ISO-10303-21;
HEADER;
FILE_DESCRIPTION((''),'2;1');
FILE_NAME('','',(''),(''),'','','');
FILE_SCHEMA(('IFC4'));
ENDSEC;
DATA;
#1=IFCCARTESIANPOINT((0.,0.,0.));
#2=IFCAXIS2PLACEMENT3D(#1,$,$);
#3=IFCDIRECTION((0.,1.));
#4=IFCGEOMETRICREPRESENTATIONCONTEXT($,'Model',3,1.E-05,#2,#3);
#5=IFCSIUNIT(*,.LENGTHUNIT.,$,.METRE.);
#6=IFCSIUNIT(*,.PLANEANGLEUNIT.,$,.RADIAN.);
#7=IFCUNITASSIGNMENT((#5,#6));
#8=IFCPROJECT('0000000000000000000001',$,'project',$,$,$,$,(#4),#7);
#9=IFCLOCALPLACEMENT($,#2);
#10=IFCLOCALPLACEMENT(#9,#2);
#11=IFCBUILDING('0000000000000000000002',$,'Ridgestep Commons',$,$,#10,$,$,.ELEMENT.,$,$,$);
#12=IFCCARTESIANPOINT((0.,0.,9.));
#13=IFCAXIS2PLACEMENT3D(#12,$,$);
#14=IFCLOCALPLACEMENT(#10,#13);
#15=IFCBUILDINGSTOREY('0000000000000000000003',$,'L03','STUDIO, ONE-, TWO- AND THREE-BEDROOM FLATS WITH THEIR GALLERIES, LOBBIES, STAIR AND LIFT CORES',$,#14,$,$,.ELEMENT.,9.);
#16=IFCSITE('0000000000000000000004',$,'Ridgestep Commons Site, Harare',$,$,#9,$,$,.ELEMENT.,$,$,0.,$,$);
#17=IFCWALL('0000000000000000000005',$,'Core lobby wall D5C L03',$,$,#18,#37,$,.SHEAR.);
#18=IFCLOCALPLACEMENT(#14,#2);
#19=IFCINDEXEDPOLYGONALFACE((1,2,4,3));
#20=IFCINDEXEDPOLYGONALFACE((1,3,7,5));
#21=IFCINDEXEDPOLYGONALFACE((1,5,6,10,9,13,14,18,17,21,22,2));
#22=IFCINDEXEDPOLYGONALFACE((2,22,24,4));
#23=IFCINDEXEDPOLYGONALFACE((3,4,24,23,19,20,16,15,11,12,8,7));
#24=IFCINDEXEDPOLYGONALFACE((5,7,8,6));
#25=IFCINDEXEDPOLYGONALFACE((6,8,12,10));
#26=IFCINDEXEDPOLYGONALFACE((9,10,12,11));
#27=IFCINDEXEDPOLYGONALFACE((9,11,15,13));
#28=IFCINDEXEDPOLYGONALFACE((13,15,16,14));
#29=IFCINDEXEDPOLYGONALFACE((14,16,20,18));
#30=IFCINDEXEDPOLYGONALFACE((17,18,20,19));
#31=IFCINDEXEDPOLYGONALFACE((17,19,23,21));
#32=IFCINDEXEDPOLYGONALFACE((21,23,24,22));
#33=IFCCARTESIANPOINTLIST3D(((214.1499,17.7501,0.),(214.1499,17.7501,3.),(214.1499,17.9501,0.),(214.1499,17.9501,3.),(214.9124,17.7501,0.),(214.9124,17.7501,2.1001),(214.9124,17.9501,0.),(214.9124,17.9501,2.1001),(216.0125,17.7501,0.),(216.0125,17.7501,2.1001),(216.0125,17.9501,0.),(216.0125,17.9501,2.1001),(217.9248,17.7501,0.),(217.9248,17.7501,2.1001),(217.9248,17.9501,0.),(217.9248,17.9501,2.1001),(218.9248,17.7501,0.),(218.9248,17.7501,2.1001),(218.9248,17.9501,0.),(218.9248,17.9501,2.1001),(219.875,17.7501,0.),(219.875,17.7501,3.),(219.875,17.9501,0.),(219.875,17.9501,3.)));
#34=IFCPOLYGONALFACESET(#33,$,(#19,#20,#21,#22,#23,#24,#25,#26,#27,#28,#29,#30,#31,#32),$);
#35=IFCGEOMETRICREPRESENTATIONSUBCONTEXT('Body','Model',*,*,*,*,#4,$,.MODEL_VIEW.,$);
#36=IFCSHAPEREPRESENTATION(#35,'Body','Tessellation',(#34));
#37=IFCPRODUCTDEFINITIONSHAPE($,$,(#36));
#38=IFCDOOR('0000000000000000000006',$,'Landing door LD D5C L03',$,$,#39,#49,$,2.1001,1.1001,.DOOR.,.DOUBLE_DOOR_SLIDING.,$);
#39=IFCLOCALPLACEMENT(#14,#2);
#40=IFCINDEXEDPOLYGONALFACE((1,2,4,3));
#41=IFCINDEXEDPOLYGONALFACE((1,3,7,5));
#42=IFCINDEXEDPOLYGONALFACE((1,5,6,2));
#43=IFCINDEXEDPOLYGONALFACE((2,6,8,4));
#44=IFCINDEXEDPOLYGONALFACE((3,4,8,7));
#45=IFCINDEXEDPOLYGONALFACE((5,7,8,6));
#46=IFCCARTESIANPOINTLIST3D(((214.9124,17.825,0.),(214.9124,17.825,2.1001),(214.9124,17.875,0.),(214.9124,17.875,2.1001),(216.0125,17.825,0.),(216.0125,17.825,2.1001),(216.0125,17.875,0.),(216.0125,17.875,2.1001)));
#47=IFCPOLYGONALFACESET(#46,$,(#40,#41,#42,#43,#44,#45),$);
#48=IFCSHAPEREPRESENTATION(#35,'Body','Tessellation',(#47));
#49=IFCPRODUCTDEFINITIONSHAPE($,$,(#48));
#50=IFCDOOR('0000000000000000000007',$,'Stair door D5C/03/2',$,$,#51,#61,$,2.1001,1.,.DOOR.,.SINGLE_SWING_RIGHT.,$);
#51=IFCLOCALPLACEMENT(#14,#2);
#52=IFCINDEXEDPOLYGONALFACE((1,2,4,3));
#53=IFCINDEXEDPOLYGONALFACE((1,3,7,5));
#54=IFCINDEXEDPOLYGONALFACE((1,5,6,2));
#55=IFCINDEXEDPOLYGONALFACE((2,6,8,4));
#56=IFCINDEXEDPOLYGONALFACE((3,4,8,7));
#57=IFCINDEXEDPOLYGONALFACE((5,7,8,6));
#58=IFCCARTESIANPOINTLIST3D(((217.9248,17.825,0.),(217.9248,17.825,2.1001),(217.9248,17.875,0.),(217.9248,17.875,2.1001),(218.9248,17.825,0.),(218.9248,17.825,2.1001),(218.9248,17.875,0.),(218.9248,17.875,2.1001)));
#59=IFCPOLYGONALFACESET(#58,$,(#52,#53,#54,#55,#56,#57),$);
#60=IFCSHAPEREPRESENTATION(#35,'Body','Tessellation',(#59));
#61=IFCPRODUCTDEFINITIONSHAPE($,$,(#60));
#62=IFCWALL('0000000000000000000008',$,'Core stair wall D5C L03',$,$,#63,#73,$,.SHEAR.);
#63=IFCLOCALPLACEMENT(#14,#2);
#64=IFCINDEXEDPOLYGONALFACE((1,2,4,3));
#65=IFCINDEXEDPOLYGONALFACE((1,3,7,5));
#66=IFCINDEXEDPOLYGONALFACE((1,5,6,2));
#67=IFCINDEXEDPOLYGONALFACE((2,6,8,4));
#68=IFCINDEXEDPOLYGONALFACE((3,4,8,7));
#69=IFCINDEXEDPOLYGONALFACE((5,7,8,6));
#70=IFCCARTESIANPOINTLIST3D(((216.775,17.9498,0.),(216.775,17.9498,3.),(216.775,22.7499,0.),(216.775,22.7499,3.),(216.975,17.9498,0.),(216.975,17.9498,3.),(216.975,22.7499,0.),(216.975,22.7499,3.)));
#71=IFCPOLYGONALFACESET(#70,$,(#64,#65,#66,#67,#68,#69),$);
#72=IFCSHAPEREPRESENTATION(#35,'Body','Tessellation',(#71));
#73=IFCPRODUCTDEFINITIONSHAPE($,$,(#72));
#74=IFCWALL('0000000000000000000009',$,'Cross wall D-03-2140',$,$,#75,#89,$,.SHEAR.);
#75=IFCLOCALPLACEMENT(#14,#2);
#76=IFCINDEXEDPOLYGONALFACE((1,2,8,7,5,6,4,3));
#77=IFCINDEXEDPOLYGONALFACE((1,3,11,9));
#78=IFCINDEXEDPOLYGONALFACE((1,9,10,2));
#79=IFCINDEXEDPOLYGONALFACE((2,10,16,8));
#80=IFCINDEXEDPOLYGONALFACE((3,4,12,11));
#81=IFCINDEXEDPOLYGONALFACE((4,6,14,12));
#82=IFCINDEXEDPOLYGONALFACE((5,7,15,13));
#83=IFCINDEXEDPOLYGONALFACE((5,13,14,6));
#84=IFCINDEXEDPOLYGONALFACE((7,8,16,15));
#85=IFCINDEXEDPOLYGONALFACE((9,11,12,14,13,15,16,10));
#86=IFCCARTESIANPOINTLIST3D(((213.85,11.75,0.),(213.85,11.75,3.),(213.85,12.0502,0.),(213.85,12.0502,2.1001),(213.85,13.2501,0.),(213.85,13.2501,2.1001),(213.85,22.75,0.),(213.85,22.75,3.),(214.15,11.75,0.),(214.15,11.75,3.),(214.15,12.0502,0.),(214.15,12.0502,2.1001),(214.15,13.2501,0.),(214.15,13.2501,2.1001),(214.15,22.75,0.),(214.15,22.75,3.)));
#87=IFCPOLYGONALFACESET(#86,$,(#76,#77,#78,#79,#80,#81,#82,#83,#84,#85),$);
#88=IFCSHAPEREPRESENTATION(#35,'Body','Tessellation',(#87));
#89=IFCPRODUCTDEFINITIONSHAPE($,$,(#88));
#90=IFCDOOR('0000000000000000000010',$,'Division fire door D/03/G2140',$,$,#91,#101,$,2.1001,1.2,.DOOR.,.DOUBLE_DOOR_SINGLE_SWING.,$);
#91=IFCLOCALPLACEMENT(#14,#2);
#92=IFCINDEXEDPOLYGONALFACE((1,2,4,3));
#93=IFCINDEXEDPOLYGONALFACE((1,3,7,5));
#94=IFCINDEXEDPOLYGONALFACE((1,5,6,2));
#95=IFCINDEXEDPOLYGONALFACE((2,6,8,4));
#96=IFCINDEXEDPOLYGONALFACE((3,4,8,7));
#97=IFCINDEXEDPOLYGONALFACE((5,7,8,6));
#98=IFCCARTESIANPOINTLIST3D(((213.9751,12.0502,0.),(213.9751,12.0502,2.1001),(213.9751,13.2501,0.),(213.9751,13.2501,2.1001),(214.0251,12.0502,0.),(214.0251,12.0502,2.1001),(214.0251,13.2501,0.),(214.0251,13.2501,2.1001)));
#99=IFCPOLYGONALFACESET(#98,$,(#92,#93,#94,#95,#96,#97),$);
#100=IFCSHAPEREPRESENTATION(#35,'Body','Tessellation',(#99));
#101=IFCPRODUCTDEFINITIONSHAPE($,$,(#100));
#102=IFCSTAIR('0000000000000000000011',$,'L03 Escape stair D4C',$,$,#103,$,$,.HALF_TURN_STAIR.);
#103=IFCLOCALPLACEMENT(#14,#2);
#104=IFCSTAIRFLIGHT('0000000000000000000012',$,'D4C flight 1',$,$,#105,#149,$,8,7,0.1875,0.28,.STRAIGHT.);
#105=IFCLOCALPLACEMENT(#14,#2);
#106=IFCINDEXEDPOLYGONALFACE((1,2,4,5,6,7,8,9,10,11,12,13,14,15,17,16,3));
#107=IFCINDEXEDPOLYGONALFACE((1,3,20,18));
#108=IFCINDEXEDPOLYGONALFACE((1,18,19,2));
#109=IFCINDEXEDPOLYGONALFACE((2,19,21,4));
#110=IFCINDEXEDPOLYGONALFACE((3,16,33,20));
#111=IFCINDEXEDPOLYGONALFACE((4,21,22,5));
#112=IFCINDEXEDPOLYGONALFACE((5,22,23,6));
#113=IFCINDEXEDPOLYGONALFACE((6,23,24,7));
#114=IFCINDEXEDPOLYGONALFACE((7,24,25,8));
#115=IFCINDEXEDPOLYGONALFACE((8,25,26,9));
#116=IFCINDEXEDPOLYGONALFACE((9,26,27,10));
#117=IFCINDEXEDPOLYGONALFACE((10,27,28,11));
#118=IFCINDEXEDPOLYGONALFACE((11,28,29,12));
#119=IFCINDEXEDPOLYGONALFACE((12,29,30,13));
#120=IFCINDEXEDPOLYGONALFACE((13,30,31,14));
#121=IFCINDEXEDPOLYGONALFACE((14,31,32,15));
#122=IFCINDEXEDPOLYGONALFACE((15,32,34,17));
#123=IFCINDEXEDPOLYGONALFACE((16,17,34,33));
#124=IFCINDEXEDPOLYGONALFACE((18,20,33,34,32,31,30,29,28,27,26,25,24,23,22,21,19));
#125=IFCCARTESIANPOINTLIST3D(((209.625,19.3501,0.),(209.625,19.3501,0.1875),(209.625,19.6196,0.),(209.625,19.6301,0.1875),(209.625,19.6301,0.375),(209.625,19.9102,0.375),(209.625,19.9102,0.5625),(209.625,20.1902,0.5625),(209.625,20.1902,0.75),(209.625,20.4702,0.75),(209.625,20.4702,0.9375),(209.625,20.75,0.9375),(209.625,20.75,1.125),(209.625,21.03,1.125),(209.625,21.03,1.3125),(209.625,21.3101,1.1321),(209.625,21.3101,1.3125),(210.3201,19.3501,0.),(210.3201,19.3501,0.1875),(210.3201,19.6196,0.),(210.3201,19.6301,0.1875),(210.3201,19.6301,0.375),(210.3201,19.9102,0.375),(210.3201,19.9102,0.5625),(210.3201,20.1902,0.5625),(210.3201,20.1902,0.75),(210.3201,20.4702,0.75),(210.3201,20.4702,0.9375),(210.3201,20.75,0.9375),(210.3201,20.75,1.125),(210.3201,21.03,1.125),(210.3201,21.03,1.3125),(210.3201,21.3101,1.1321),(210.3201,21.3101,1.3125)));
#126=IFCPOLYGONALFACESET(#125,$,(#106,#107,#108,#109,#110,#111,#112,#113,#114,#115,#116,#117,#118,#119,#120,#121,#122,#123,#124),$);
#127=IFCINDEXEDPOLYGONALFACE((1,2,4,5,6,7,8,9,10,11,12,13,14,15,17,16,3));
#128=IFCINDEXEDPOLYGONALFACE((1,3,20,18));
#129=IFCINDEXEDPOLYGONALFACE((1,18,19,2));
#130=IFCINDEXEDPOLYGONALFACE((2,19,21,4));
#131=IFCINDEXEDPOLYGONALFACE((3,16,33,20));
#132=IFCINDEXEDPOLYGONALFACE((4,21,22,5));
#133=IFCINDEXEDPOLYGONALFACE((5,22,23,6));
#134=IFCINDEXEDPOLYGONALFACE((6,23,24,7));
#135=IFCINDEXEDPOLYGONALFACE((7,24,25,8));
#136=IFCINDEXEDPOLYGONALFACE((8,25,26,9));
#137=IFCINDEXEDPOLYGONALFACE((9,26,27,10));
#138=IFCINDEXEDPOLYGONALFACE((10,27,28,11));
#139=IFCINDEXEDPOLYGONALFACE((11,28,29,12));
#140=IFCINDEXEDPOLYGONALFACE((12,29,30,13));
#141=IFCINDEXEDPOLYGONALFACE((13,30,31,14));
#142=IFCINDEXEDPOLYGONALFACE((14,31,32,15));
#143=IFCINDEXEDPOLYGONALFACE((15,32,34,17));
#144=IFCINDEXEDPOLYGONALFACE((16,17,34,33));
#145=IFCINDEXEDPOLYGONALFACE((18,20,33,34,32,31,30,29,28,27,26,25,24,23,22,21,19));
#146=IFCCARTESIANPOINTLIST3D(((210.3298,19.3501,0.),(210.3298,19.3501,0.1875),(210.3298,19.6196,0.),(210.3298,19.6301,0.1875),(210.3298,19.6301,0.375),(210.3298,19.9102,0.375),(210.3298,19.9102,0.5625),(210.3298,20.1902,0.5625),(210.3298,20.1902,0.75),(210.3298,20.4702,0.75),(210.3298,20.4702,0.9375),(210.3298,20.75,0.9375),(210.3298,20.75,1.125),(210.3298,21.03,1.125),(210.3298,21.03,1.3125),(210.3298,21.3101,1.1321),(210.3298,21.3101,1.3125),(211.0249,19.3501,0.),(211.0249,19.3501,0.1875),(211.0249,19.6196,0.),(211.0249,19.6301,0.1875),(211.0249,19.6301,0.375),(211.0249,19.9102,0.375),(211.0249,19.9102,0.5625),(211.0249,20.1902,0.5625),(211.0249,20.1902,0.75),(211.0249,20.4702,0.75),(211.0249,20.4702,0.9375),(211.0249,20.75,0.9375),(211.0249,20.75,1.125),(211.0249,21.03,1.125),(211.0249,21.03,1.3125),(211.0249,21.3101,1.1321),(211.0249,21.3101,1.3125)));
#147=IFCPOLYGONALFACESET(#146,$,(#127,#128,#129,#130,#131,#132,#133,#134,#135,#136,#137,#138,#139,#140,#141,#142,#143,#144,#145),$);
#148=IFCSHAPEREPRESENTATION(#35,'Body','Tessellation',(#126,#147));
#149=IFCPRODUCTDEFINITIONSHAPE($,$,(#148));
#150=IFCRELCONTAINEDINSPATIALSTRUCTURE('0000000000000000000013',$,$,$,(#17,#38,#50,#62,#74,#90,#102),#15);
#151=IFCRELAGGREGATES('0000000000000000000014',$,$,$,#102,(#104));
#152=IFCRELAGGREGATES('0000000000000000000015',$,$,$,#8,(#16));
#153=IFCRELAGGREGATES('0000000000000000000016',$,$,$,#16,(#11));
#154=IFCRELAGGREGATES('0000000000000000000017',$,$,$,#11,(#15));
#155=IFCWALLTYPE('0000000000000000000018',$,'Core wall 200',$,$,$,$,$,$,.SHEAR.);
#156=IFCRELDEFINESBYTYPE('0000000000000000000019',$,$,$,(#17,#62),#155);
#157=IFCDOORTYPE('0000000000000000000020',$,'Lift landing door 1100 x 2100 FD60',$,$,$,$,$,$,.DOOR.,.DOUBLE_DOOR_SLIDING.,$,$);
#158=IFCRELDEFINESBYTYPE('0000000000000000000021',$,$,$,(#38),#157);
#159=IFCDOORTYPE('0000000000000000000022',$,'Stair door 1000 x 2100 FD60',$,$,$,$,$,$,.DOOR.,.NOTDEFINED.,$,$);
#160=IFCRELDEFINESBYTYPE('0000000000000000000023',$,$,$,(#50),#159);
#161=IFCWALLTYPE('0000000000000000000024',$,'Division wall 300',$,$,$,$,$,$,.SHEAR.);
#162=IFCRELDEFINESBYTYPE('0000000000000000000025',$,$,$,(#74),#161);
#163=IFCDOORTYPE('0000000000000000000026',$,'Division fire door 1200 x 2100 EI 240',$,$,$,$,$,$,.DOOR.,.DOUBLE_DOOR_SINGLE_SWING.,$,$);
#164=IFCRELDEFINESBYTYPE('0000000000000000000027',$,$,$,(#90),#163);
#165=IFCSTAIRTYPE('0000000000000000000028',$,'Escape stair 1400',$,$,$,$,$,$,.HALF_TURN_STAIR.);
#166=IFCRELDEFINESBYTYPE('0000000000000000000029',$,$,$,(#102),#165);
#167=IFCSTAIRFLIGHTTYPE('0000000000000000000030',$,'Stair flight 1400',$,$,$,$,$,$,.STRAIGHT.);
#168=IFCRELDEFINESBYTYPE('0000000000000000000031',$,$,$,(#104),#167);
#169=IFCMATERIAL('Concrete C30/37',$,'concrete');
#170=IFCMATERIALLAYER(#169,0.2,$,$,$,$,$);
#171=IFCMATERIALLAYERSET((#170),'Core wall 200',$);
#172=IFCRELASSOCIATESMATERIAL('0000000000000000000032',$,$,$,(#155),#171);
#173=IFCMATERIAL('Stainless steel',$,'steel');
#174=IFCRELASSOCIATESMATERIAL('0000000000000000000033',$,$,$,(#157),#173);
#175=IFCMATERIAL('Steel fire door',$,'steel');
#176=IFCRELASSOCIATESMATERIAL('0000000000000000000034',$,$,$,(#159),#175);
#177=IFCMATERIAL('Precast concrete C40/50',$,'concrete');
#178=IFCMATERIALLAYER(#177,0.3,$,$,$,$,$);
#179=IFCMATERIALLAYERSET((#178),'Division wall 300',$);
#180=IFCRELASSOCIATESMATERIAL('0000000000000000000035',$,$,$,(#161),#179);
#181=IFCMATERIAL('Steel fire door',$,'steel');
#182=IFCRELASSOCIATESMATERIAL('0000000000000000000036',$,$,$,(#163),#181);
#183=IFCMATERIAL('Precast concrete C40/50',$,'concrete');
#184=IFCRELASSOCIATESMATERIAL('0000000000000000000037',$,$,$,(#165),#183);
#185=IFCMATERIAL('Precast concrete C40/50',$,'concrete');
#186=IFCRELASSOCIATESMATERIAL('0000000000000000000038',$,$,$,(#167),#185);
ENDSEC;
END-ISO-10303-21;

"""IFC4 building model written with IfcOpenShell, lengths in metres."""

from ifc_helpers import new_model, si_unit, direction, frame, frame_2d, origin, place, context, subcontext, project, spatial, polyline, rectangle, outline, extrude, material, layer, layer_set, type_object, element, fill, aggregate, save


model = new_model("IFC4")

# Units and contexts
model_context = context("Model", 3, precision=1e-05, world=origin(), true_north=direction((0.0, 1.0)))
body_context = subcontext(model_context, "Body", "Model", "MODEL_VIEW")
ifc_project = project(units=[si_unit("LENGTHUNIT", "METRE"), si_unit("PLANEANGLEUNIT", "RADIAN")], contexts=[model_context])

# Site, building, storey
site_placement = place(None, origin())
site = spatial("IfcSite", under=ifc_project, at=site_placement, Name="Ridgestep Commons Site, Harare", CompositionType="ELEMENT", RefElevation=0.0)
building_placement = place(site_placement, origin())
building = spatial("IfcBuilding", under=site, at=building_placement, Name="Ridgestep Commons", CompositionType="ELEMENT")
storey_placement = place(building_placement, frame((0.0, 0.0, 9.0)))
storey = spatial("IfcBuildingStorey", under=building, at=storey_placement, Name="L03", Description="STUDIO, ONE-, TWO- AND THREE-BEDROOM FLATS WITH THEIR GALLERIES, LOBBIES, STAIR AND LIFT CORES", CompositionType="ELEMENT", Elevation=9.0)

# Shared definitions
ifc_material_1 = material(Name="Concrete C30/37", Category="concrete")
ifc_layer_1 = layer(ifc_material_1, 0.2)
ifc_layer_set_1 = layer_set([ifc_layer_1], Name="Core wall 200")
wall_type_1 = type_object("IfcWallType", Name="Core wall 200", PredefinedType="SHEAR", material=ifc_layer_set_1)

# Wall, openings, doors
wall_1_placement = place(storey_placement, frame((214.1499, 17.8501, 0.0), z_axis=(0.0, 0.0, 1.0), x_axis=(1.0, 0.0, 0.0)))
wall_1 = element("IfcWall", 1, at=wall_1_placement, inside=storey, type_object=wall_type_1, Name="Core lobby wall D5C L03", PredefinedType="SHEAR", context=body_context, shape_type="SweptSolid", body=[
    extrude(rectangle(XDim=5.7251, YDim=0.2, at=frame_2d((2.8625, 0.0))), origin(), (0.0, 0.0, 1.0), 3.0),
])
opening_1_placement = place(wall_1_placement, frame((3.7749, 0.0, 0.0)))
opening_1 = element("IfcOpeningElement", 2, at=opening_1_placement, cuts=wall_1, PredefinedType="OPENING", context=body_context, shape_type="SweptSolid", body=[
    extrude(rectangle(XDim=1.0, YDim=2.1001, at=frame_2d((0.5, 1.05))), frame((0.0, 0.1099, 0.0), z_axis=(0.0, -1.0, 0.0), x_axis=(1.0, 0.0, 0.0)), (0.0, 0.0, 1.0), 0.22),
])
opening_2_placement = place(wall_1_placement, frame((0.7625, 0.0, 0.0)))
opening_2 = element("IfcOpeningElement", 3, at=opening_2_placement, cuts=wall_1, PredefinedType="OPENING", context=body_context, shape_type="SweptSolid", body=[
    extrude(rectangle(XDim=1.1001, YDim=2.1001, at=frame_2d((0.55, 1.05))), frame((0.0, 0.1099, 0.0), z_axis=(0.0, -1.0, 0.0), x_axis=(1.0, 0.0, 0.0)), (0.0, 0.0, 1.0), 0.22),
])
ifc_material_2 = material(Name="Stainless steel", Category="steel")
door_type_1 = type_object("IfcDoorType", Name="Lift landing door 1100 x 2100 FD60", OperationType="DOUBLE_DOOR_SLIDING", PredefinedType="DOOR", material=ifc_material_2)
door_1_placement = place(opening_2_placement, origin())
door_1 = element("IfcDoor", 4, at=door_1_placement, inside=storey, type_object=door_type_1, Name="Landing door LD D5C L03", OperationType="DOUBLE_DOOR_SLIDING", OverallHeight=2.1001, OverallWidth=1.1001, PredefinedType="DOOR", context=body_context, shape_type="SweptSolid", body=[
    extrude(rectangle(XDim=1.1001, YDim=2.1001, at=frame_2d((0.55, 1.05))), frame((0.0, 0.0249, 0.0), z_axis=(0.0, -1.0, 0.0), x_axis=(1.0, 0.0, 0.0)), (0.0, 0.0, 1.0), 0.05),
])
fill(opening_2, door_1)
ifc_material_3 = material(Name="Steel fire door", Category="steel")
door_type_2 = type_object("IfcDoorType", Name="Stair door 1000 x 2100 FD60", OperationType="NOTDEFINED", PredefinedType="DOOR", material=ifc_material_3)
door_2_placement = place(opening_1_placement, origin())
door_2 = element("IfcDoor", 5, at=door_2_placement, inside=storey, type_object=door_type_2, Name="Stair door D5C/03/2", OperationType="SINGLE_SWING_RIGHT", OverallHeight=2.1001, OverallWidth=1.0, PredefinedType="DOOR", context=body_context, shape_type="SweptSolid", body=[
    extrude(rectangle(XDim=1.0, YDim=2.1001, at=frame_2d((0.5, 1.05))), frame((0.0, 0.0249, 0.0), z_axis=(0.0, -1.0, 0.0), x_axis=(1.0, 0.0, 0.0)), (0.0, 0.0, 1.0), 0.05),
])
fill(opening_1, door_2)

# Wall
wall_2_placement = place(storey_placement, frame((216.875, 17.95, 0.0), z_axis=(0.0, 0.0, 1.0), x_axis=(0.0, 1.0, 0.0)))
element("IfcWall", 6, at=wall_2_placement, inside=storey, type_object=wall_type_1, Name="Core stair wall D5C L03", PredefinedType="SHEAR", context=body_context, shape_type="SweptSolid", body=[
    extrude(rectangle(XDim=4.8, YDim=0.2, at=frame_2d((2.3999, 0.0))), origin(), (0.0, 0.0, 1.0), 3.0),
])

# Wall, opening, door
ifc_material_4 = material(Name="Precast concrete C40/50", Category="concrete")
ifc_layer_2 = layer(ifc_material_4, 0.3)
ifc_layer_set_2 = layer_set([ifc_layer_2], Name="Division wall 300")
wall_type_2 = type_object("IfcWallType", Name="Division wall 300", PredefinedType="SHEAR", material=ifc_layer_set_2)
wall_3_placement = place(storey_placement, frame((214.0, 11.75, 0.0), z_axis=(0.0, 0.0, 1.0), x_axis=(0.0, 1.0, 0.0)))
wall_3 = element("IfcWall", 7, at=wall_3_placement, inside=storey, type_object=wall_type_2, Name="Cross wall D-03-2140", PredefinedType="SHEAR", context=body_context, shape_type="SweptSolid", body=[
    extrude(rectangle(XDim=11.0, YDim=0.3, at=frame_2d((5.5, 0.0))), origin(), (0.0, 0.0, 1.0), 3.0),
])
opening_3_placement = place(wall_3_placement, frame((0.3, 0.0, 0.0)))
opening_3 = element("IfcOpeningElement", 8, at=opening_3_placement, cuts=wall_3, PredefinedType="OPENING", context=body_context, shape_type="SweptSolid", body=[
    extrude(rectangle(XDim=1.2, YDim=2.1001, at=frame_2d((0.6001, 1.05))), frame((0.0, 0.1599, 0.0), z_axis=(0.0, -1.0, 0.0), x_axis=(1.0, 0.0, 0.0)), (0.0, 0.0, 1.0), 0.3201),
])
ifc_material_5 = material(Name="Steel fire door", Category="steel")
door_type_3 = type_object("IfcDoorType", Name="Division fire door 1200 x 2100 EI 240", OperationType="DOUBLE_DOOR_SINGLE_SWING", PredefinedType="DOOR", material=ifc_material_5)
door_3_placement = place(opening_3_placement, origin())
door_3 = element("IfcDoor", 9, at=door_3_placement, inside=storey, type_object=door_type_3, Name="Division fire door D/03/G2140", OperationType="DOUBLE_DOOR_SINGLE_SWING", OverallHeight=2.1001, OverallWidth=1.2, PredefinedType="DOOR", context=body_context, shape_type="SweptSolid", body=[
    extrude(rectangle(XDim=1.2, YDim=2.1001, at=frame_2d((0.6001, 1.05))), frame((0.0, 0.0249, 0.0), z_axis=(0.0, -1.0, 0.0), x_axis=(1.0, 0.0, 0.0)), (0.0, 0.0, 1.0), 0.05),
])
fill(opening_3, door_3)

# Stair, stair flight
ifc_material_6 = material(Name="Precast concrete C40/50", Category="concrete")
stair_type = type_object("IfcStairType", Name="Escape stair 1400", PredefinedType="HALF_TURN_STAIR", material=ifc_material_6)
stair_placement = place(storey_placement, origin())
stair = element("IfcStair", 10, at=stair_placement, inside=storey, type_object=stair_type, Name="L03 Escape stair D4C", PredefinedType="HALF_TURN_STAIR")
ifc_material_7 = material(Name="Precast concrete C40/50", Category="concrete")
stair_flight_type = type_object("IfcStairFlightType", Name="Stair flight 1400", PredefinedType="STRAIGHT", material=ifc_material_7)
stair_flight_placement = place(storey_placement, frame((210.325, 19.3501, 0.0), z_axis=(0.0, 0.0, 1.0), x_axis=(0.0, 1.0, 0.0)))
stair_flight = element("IfcStairFlight", 11, at=stair_flight_placement, type_object=stair_flight_type, Name="D4C flight 1", NumberOfRisers=8, NumberOfTreads=7, PredefinedType="STRAIGHT", RiserHeight=0.1875, TreadLength=0.28, context=body_context, shape_type="SweptSolid", body=[
    extrude(outline(polyline([(0.0, 0.0), (0.0, 0.1875), (0.28, 0.1875), (0.28, 0.375), (0.5601, 0.375), (0.5601, 0.5625), (0.8401, 0.5625), (0.8401, 0.75), (1.1201, 0.75), (1.1201, 0.9375), (1.3999, 0.9375), (1.3999, 1.125), (1.6799, 1.125), (1.6799, 1.3125), (1.96, 1.3125), (1.96, 1.5), (1.96, 1.1321), (0.2695, 0.0), (0.0, 0.0)])), frame((0.0, 0.7, 0.0), z_axis=(0.0, -1.0, 0.0), x_axis=(1.0, 0.0, 0.0)), (0.0, 0.0, 1.0), 0.6951),
    extrude(outline(polyline([(0.0, 0.0), (0.0, 0.1875), (0.28, 0.1875), (0.28, 0.375), (0.5601, 0.375), (0.5601, 0.5625), (0.8401, 0.5625), (0.8401, 0.75), (1.1201, 0.75), (1.1201, 0.9375), (1.3999, 0.9375), (1.3999, 1.125), (1.6799, 1.125), (1.6799, 1.3125), (1.96, 1.3125), (1.96, 1.5), (1.96, 1.1321), (0.2695, 0.0), (0.0, 0.0)])), frame((0.0, -0.0049, 0.0), z_axis=(0.0, -1.0, 0.0), x_axis=(1.0, 0.0, 0.0)), (0.0, 0.0, 1.0), 0.6951),
])
aggregate(stair, [stair_flight])

save(model, "model.ifc")
